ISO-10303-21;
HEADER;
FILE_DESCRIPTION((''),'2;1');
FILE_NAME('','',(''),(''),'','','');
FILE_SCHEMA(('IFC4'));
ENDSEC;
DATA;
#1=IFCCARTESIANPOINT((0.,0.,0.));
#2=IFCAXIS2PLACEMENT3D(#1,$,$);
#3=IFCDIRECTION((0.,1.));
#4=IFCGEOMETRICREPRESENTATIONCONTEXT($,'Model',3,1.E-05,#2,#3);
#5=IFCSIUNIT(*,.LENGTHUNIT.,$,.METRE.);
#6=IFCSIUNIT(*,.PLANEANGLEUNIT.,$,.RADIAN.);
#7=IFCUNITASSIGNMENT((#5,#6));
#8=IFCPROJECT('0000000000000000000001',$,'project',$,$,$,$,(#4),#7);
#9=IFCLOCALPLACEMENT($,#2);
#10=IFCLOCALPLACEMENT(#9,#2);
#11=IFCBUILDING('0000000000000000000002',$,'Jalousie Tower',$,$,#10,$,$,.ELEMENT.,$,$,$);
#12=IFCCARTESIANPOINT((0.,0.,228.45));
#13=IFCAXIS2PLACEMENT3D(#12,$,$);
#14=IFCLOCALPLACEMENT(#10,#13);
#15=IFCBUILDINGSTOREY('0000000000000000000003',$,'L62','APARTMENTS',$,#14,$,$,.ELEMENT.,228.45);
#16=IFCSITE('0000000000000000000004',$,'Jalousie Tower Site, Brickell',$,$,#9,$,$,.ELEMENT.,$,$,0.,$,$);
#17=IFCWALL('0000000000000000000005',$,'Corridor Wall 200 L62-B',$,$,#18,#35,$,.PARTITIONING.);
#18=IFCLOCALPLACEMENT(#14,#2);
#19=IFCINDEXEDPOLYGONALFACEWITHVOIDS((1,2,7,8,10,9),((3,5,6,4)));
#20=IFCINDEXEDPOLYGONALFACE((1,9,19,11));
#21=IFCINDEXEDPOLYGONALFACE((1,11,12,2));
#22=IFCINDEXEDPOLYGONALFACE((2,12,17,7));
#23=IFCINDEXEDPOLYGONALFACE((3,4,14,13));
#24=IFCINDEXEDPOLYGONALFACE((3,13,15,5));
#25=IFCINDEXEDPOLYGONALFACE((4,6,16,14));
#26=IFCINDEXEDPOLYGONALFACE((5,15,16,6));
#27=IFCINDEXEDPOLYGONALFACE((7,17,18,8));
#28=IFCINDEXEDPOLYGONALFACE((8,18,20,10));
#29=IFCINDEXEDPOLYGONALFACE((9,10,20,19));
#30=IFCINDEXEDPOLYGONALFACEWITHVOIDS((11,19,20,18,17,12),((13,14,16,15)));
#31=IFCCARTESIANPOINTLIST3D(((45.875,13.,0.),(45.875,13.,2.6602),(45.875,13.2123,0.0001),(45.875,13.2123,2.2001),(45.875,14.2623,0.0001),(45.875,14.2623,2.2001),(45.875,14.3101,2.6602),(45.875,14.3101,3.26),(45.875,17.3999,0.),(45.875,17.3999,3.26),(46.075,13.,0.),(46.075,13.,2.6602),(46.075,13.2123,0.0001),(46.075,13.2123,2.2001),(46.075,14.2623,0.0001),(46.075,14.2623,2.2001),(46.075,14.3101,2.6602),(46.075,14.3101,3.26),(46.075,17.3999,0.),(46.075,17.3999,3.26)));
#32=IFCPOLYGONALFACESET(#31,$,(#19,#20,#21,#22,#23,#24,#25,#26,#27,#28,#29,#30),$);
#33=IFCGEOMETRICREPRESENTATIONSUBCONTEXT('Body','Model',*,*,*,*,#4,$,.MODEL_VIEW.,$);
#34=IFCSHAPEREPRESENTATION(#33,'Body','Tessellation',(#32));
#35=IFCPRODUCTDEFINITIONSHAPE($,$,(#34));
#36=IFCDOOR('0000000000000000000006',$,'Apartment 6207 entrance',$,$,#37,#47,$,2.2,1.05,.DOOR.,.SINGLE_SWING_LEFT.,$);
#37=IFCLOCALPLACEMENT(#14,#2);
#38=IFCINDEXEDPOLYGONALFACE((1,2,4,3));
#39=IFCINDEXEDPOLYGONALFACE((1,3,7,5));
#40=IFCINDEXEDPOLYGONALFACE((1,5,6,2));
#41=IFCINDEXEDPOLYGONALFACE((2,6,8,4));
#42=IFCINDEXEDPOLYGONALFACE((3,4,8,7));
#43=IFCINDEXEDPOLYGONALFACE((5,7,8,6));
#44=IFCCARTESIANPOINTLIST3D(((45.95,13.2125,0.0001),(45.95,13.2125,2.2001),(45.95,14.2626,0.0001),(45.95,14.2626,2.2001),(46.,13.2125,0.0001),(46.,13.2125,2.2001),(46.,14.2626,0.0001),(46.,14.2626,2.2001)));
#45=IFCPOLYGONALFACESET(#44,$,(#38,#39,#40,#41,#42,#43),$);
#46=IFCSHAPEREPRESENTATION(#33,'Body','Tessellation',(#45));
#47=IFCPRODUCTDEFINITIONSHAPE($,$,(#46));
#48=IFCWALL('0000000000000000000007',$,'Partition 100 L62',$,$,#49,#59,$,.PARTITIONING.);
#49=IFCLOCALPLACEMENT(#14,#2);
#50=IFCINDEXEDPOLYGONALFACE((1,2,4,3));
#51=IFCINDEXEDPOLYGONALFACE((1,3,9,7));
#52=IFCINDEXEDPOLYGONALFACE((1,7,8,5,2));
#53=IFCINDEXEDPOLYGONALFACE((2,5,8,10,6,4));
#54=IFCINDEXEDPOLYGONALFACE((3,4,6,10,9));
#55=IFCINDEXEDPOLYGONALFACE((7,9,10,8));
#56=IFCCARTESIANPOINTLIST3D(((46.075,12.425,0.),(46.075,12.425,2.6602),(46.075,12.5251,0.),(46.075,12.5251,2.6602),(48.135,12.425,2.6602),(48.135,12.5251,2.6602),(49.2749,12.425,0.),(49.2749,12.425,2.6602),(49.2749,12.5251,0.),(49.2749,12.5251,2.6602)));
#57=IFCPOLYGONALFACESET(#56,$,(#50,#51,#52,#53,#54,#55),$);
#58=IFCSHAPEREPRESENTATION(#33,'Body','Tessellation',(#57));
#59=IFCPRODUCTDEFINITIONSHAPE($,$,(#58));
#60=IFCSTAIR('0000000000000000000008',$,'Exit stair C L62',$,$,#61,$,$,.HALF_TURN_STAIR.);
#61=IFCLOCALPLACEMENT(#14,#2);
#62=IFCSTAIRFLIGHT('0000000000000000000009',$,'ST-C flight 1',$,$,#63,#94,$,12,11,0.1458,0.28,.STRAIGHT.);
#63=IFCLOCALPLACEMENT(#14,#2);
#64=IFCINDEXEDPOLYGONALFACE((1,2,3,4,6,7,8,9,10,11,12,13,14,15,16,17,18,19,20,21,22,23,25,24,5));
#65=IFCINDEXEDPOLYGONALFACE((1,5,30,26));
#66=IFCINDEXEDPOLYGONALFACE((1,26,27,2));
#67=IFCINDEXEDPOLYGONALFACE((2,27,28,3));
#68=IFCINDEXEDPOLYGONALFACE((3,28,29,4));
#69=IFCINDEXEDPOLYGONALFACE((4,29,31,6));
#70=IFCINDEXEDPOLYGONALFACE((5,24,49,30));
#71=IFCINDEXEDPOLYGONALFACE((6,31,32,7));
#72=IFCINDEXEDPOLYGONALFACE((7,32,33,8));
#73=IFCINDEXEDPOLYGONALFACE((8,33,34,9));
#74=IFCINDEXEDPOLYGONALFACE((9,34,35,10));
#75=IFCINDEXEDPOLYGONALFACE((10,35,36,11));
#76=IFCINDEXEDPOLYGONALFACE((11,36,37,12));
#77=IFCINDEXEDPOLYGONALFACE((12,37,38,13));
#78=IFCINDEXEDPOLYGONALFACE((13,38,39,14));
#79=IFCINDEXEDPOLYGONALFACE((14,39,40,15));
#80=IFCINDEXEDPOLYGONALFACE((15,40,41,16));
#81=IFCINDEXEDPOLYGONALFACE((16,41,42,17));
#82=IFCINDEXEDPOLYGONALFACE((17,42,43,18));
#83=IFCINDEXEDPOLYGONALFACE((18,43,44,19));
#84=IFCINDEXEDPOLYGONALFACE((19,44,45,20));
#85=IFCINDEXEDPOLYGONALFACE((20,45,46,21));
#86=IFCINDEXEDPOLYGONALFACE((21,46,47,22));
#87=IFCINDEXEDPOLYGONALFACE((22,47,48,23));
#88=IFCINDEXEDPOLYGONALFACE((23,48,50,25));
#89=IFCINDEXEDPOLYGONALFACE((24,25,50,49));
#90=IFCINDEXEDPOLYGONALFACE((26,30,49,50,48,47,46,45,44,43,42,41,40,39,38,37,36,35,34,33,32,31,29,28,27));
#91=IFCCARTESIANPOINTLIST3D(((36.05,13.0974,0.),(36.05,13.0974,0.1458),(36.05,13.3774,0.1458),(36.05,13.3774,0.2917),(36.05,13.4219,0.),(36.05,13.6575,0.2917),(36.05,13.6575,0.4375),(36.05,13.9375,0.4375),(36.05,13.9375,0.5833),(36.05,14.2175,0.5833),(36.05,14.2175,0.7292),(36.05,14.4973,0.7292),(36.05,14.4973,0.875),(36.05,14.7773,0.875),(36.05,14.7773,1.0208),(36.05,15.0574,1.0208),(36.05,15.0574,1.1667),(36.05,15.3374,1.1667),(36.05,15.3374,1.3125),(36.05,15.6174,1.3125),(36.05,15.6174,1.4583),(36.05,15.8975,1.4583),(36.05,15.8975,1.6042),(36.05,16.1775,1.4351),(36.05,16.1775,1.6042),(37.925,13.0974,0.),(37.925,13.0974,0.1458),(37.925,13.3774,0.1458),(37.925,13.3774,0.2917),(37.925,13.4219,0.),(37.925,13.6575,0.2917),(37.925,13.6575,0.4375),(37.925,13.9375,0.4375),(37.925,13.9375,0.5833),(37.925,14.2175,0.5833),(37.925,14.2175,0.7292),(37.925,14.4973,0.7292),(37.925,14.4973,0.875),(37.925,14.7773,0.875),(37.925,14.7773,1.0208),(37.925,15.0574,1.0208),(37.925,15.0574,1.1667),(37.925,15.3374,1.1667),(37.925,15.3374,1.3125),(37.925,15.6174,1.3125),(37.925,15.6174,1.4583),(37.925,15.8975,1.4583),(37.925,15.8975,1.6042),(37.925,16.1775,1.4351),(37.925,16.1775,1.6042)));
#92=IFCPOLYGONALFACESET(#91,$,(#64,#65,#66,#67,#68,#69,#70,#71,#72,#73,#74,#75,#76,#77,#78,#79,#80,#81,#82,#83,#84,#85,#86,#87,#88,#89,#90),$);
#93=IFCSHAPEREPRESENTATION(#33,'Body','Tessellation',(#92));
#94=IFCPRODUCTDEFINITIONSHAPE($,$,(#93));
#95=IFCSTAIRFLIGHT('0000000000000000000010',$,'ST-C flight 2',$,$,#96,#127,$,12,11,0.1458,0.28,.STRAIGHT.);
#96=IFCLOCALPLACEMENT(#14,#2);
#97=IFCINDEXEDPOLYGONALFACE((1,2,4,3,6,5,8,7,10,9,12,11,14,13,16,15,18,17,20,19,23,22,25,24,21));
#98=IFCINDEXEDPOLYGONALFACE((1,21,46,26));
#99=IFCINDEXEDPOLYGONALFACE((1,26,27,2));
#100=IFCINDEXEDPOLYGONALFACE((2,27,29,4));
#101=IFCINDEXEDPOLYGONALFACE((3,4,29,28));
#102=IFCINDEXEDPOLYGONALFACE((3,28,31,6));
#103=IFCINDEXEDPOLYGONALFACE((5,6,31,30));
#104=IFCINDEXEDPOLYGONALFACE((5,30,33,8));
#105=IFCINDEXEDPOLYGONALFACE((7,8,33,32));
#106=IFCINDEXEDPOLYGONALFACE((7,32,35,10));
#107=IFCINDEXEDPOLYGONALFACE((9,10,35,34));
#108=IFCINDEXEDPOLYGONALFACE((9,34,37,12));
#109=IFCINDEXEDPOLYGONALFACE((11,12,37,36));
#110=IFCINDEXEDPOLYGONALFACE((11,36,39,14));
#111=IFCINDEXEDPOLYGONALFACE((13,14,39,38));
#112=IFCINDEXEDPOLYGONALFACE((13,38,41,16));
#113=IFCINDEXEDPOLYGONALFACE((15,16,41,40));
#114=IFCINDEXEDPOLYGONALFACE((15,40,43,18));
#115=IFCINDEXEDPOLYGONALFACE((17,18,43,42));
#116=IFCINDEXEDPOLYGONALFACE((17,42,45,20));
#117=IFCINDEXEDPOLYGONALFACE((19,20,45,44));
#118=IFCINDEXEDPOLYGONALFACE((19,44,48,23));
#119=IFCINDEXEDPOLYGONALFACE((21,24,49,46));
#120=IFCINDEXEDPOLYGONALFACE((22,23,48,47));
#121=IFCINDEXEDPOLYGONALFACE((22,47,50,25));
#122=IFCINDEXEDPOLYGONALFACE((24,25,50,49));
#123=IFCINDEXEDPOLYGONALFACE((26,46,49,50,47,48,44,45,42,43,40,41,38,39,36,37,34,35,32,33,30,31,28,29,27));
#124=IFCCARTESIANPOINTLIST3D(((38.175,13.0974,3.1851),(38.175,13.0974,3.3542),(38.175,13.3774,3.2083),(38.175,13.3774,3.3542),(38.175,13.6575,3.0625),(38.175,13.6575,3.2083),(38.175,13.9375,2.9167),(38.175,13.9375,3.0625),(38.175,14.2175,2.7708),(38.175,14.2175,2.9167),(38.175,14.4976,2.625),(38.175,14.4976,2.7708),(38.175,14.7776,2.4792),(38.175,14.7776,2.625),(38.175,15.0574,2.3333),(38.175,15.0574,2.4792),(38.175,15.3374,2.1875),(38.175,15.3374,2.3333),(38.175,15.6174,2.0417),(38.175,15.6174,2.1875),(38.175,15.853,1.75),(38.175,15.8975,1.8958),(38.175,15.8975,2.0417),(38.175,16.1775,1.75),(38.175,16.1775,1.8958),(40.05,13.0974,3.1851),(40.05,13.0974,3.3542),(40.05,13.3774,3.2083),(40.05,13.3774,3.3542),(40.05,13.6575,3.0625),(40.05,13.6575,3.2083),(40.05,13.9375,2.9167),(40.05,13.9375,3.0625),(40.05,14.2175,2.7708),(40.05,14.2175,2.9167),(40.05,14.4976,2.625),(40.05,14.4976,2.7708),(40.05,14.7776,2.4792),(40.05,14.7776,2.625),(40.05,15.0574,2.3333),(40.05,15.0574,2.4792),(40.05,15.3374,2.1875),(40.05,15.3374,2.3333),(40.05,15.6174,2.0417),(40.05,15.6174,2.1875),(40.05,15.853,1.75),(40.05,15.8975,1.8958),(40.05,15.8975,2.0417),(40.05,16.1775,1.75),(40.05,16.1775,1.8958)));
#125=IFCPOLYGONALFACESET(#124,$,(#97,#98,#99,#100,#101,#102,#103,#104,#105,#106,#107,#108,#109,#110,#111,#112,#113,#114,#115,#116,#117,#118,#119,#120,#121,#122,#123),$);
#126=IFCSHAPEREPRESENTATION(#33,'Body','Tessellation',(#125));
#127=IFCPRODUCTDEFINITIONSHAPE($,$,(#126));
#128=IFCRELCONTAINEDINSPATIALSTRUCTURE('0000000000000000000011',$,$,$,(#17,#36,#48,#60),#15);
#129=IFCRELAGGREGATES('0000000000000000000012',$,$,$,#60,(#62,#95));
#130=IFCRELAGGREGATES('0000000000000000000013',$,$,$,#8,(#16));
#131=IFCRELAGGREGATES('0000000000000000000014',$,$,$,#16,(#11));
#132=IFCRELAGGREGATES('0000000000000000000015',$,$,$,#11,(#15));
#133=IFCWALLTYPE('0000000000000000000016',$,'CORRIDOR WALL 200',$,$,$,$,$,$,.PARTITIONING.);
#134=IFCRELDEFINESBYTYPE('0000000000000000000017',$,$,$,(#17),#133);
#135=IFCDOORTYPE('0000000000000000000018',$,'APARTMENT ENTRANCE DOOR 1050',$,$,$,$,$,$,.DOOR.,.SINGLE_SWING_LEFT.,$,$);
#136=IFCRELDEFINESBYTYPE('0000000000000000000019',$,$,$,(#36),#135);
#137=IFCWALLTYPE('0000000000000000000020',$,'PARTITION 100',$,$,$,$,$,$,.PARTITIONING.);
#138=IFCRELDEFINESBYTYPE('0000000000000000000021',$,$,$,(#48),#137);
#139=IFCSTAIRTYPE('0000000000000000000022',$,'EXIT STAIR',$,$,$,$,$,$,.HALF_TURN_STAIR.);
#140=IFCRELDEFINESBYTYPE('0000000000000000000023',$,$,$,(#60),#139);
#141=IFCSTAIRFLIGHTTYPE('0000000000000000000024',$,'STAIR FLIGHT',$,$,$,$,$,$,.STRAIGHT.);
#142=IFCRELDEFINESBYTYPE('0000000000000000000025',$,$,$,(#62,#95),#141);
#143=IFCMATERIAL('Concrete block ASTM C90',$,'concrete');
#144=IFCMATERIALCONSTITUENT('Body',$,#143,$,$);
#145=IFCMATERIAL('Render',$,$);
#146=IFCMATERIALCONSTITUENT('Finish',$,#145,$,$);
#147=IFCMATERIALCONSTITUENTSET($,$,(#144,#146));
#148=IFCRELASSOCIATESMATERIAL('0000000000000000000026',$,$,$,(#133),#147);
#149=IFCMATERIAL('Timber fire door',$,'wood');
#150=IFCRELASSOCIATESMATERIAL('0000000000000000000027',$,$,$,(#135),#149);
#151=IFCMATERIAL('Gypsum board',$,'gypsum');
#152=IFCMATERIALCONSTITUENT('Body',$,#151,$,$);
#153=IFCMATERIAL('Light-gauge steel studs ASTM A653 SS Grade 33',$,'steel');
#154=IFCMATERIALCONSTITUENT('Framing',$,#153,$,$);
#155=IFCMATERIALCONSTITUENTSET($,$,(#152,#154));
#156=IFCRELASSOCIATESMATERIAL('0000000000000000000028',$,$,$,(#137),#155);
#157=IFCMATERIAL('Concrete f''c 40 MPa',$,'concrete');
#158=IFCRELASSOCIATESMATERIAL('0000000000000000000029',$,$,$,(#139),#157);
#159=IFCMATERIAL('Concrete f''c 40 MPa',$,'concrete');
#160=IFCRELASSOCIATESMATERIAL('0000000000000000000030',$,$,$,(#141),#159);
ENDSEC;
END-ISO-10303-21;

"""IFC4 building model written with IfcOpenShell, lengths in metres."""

from ifc_helpers import new_model, si_unit, direction, frame, frame_2d, origin, place, context, subcontext, project, spatial, polyline, rectangle, outline, extrude, material, constituent, constituent_set, type_object, element, fill, aggregate, save


model = new_model("IFC4")

# Units and contexts
model_context = context("Model", 3, precision=1e-05, world=origin(), true_north=direction((0.0, 1.0)))
body_context = subcontext(model_context, "Body", "Model", "MODEL_VIEW")
ifc_project = project(units=[si_unit("LENGTHUNIT", "METRE"), si_unit("PLANEANGLEUNIT", "RADIAN")], contexts=[model_context])

# Site, building, storey
site_placement = place(None, origin())
site = spatial("IfcSite", under=ifc_project, at=site_placement, Name="Jalousie Tower Site, Brickell", CompositionType="ELEMENT", RefElevation=0.0)
building_placement = place(site_placement, origin())
building = spatial("IfcBuilding", under=site, at=building_placement, Name="Jalousie Tower", CompositionType="ELEMENT")
storey_placement = place(building_placement, frame((0.0, 0.0, 228.45)))
storey = spatial("IfcBuildingStorey", under=building, at=storey_placement, Name="L62", Description="APARTMENTS", CompositionType="ELEMENT", Elevation=228.45)

# Shared definitions
ifc_material_1 = material(Name="Concrete block ASTM C90", Category="concrete")
ifc_constituent_1 = constituent(ifc_material_1, Name="Body")
ifc_material_2 = material(Name="Render")
ifc_constituent_2 = constituent(ifc_material_2, Name="Finish")
ifc_constituent_set_1 = constituent_set(constituents=[ifc_constituent_1, ifc_constituent_2])
wall_type_1 = type_object("IfcWallType", Name="CORRIDOR WALL 200", PredefinedType="PARTITIONING", material=ifc_constituent_set_1)

# Shared definitions
ifc_material_3 = material(Name="Timber fire door", Category="wood")
door_type_1 = type_object("IfcDoorType", Name="APARTMENT ENTRANCE DOOR 1050", OperationType="SINGLE_SWING_LEFT", PredefinedType="DOOR", material=ifc_material_3)

# Wall, opening, door
wall_1_placement = place(storey_placement, frame((45.9751, 13.0, 0.0), z_axis=(0.0, 0.0, 1.0), x_axis=(0.0, 1.0, 0.0)))
wall_1 = element("IfcWall", 1, at=wall_1_placement, inside=storey, type_object=wall_type_1, Name="Corridor Wall 200 L62-B", PredefinedType="PARTITIONING", context=body_context, shape_type="SweptSolid", body=[
    extrude(outline(polyline([(0.0, 0.0), (4.3999, 0.0), (4.3999, 3.26), (1.3101, 3.26), (1.3101, 2.6602), (0.0, 2.6602), (0.0, 0.0)])), frame((0.0, 0.1001, 0.0), z_axis=(0.0, -1.0, 0.0), x_axis=(1.0, 0.0, 0.0)), (0.0, 0.0, 1.0), 0.2),
])
opening_1_placement = place(wall_1_placement, frame((0.2124, 0.0, 0.0)))
opening_1 = element("IfcOpeningElement", 2, at=opening_1_placement, cuts=wall_1, PredefinedType="OPENING", context=body_context, shape_type="SweptSolid", body=[
    extrude(rectangle(XDim=1.05, YDim=2.2, at=frame_2d((0.5249, 1.1001))), frame((0.0, 0.1099, 0.0), z_axis=(0.0, -1.0, 0.0), x_axis=(1.0, 0.0, 0.0)), (0.0, 0.0, 1.0), 0.22),
])
door_1_placement = place(opening_1_placement, frame((1.05, 0.0, 0.0), z_axis=(0.0, 0.0, 1.0), x_axis=(-1.0, 0.0, 0.0)))
door_1 = element("IfcDoor", 3, at=door_1_placement, inside=storey, type_object=door_type_1, Name="Apartment 6207 entrance", OperationType="SINGLE_SWING_LEFT", OverallHeight=2.2, OverallWidth=1.05, PredefinedType="DOOR", context=body_context, shape_type="SweptSolid", body=[
    extrude(rectangle(XDim=1.05, YDim=2.2, at=frame_2d((0.5249, 1.1001))), frame((0.0, 0.0249, 0.0), z_axis=(0.0, -1.0, 0.0), x_axis=(1.0, 0.0, 0.0)), (0.0, 0.0, 1.0), 0.05),
])
fill(opening_1, door_1)

# Wall
ifc_material_4 = material(Name="Gypsum board", Category="gypsum")
ifc_constituent_3 = constituent(ifc_material_4, Name="Body")
ifc_material_5 = material(Name="Light-gauge steel studs ASTM A653 SS Grade 33", Category="steel")
ifc_constituent_4 = constituent(ifc_material_5, Name="Framing")
ifc_constituent_set_2 = constituent_set(constituents=[ifc_constituent_3, ifc_constituent_4])
wall_type_2 = type_object("IfcWallType", Name="PARTITION 100", PredefinedType="PARTITIONING", material=ifc_constituent_set_2)
wall_2_placement = place(storey_placement, frame((46.075, 12.4751, 0.0), z_axis=(0.0, 0.0, 1.0), x_axis=(1.0, 0.0, 0.0)))
element("IfcWall", 4, at=wall_2_placement, inside=storey, type_object=wall_type_2, Name="Partition 100 L62", PredefinedType="PARTITIONING", context=body_context, shape_type="SweptSolid", body=[
    extrude(outline(polyline([(0.0, 0.0), (3.2, 0.0), (3.2, 3.26), (3.2, 2.6602), (2.0601, 2.6602), (0.0, 2.6602), (0.0, 3.26), (0.0, 0.0)])), frame((0.0, 0.05, 0.0), z_axis=(0.0, -1.0, 0.0), x_axis=(1.0, 0.0, 0.0)), (0.0, 0.0, 1.0), 0.1001),
])

# Stair, stair flights
ifc_material_6 = material(Name="Concrete f'c 40 MPa", Category="concrete")
stair_type = type_object("IfcStairType", Name="EXIT STAIR", PredefinedType="HALF_TURN_STAIR", material=ifc_material_6)
stair_placement = place(storey_placement, origin())
stair = element("IfcStair", 5, at=stair_placement, inside=storey, type_object=stair_type, Name="Exit stair C L62", PredefinedType="HALF_TURN_STAIR")
ifc_material_7 = material(Name="Concrete f'c 40 MPa", Category="concrete")
stair_flight_type = type_object("IfcStairFlightType", Name="STAIR FLIGHT", PredefinedType="STRAIGHT", material=ifc_material_7)
stair_flight_1_placement = place(storey_placement, frame((36.9875, 13.0974, 0.0), z_axis=(0.0, 0.0, 1.0), x_axis=(0.0, 1.0, 0.0)))
stair_flight_1 = element("IfcStairFlight", 6, at=stair_flight_1_placement, type_object=stair_flight_type, Name="ST-C flight 1", NumberOfRisers=12, NumberOfTreads=11, PredefinedType="STRAIGHT", RiserHeight=0.1458, TreadLength=0.28, context=body_context, shape_type="SweptSolid", body=[
    extrude(outline(polyline([(0.0, 0.0), (0.0, 0.1458), (0.28, 0.1458), (0.28, 0.2917), (0.5601, 0.2917), (0.5601, 0.4375), (0.8401, 0.4375), (0.8401, 0.5833), (1.1201, 0.5833), (1.1201, 0.7292), (1.3999, 0.7292), (1.3999, 0.875), (1.6799, 0.875), (1.6799, 1.0208), (1.96, 1.0208), (1.96, 1.1667), (2.24, 1.1667), (2.24, 1.3125), (2.52, 1.3125), (2.52, 1.4583), (2.8, 1.4583), (2.8, 1.6042), (3.0801, 1.6042), (3.0801, 1.75), (3.0801, 1.4351), (0.3245, 0.0), (0.0, 0.0)])), frame((0.0, 0.9375, 0.0), z_axis=(0.0, -1.0, 0.0), x_axis=(1.0, 0.0, 0.0)), (0.0, 0.0, 1.0), 1.875),
])
stair_flight_2_placement = place(storey_placement, frame((39.1125, 16.1775, 1.75), z_axis=(0.0, 0.0, 1.0), x_axis=(0.0, -1.0, 0.0)))
stair_flight_2 = element("IfcStairFlight", 7, at=stair_flight_2_placement, type_object=stair_flight_type, Name="ST-C flight 2", NumberOfRisers=12, NumberOfTreads=11, PredefinedType="STRAIGHT", RiserHeight=0.1458, TreadLength=0.28, context=body_context, shape_type="SweptSolid", body=[
    extrude(outline(polyline([(0.0, 0.0), (0.0, 0.1458), (0.28, 0.1458), (0.28, 0.2917), (0.5601, 0.2917), (0.5601, 0.4375), (0.8401, 0.4375), (0.8401, 0.5833), (1.1201, 0.5833), (1.1201, 0.7292), (1.3999, 0.7292), (1.3999, 0.875), (1.6799, 0.875), (1.6799, 1.0208), (1.96, 1.0208), (1.96, 1.1667), (2.24, 1.1667), (2.24, 1.3125), (2.52, 1.3125), (2.52, 1.4583), (2.8, 1.4583), (2.8, 1.6042), (3.0801, 1.6042), (3.0801, 1.75), (3.0801, 1.4351), (0.3245, 0.0), (0.0, 0.0)])), frame((0.0, 0.9375, 0.0), z_axis=(0.0, -1.0, 0.0), x_axis=(1.0, 0.0, 0.0)), (0.0, 0.0, 1.0), 1.875),
])
aggregate(stair, [stair_flight_1, stair_flight_2])

save(model, "model.ifc")
